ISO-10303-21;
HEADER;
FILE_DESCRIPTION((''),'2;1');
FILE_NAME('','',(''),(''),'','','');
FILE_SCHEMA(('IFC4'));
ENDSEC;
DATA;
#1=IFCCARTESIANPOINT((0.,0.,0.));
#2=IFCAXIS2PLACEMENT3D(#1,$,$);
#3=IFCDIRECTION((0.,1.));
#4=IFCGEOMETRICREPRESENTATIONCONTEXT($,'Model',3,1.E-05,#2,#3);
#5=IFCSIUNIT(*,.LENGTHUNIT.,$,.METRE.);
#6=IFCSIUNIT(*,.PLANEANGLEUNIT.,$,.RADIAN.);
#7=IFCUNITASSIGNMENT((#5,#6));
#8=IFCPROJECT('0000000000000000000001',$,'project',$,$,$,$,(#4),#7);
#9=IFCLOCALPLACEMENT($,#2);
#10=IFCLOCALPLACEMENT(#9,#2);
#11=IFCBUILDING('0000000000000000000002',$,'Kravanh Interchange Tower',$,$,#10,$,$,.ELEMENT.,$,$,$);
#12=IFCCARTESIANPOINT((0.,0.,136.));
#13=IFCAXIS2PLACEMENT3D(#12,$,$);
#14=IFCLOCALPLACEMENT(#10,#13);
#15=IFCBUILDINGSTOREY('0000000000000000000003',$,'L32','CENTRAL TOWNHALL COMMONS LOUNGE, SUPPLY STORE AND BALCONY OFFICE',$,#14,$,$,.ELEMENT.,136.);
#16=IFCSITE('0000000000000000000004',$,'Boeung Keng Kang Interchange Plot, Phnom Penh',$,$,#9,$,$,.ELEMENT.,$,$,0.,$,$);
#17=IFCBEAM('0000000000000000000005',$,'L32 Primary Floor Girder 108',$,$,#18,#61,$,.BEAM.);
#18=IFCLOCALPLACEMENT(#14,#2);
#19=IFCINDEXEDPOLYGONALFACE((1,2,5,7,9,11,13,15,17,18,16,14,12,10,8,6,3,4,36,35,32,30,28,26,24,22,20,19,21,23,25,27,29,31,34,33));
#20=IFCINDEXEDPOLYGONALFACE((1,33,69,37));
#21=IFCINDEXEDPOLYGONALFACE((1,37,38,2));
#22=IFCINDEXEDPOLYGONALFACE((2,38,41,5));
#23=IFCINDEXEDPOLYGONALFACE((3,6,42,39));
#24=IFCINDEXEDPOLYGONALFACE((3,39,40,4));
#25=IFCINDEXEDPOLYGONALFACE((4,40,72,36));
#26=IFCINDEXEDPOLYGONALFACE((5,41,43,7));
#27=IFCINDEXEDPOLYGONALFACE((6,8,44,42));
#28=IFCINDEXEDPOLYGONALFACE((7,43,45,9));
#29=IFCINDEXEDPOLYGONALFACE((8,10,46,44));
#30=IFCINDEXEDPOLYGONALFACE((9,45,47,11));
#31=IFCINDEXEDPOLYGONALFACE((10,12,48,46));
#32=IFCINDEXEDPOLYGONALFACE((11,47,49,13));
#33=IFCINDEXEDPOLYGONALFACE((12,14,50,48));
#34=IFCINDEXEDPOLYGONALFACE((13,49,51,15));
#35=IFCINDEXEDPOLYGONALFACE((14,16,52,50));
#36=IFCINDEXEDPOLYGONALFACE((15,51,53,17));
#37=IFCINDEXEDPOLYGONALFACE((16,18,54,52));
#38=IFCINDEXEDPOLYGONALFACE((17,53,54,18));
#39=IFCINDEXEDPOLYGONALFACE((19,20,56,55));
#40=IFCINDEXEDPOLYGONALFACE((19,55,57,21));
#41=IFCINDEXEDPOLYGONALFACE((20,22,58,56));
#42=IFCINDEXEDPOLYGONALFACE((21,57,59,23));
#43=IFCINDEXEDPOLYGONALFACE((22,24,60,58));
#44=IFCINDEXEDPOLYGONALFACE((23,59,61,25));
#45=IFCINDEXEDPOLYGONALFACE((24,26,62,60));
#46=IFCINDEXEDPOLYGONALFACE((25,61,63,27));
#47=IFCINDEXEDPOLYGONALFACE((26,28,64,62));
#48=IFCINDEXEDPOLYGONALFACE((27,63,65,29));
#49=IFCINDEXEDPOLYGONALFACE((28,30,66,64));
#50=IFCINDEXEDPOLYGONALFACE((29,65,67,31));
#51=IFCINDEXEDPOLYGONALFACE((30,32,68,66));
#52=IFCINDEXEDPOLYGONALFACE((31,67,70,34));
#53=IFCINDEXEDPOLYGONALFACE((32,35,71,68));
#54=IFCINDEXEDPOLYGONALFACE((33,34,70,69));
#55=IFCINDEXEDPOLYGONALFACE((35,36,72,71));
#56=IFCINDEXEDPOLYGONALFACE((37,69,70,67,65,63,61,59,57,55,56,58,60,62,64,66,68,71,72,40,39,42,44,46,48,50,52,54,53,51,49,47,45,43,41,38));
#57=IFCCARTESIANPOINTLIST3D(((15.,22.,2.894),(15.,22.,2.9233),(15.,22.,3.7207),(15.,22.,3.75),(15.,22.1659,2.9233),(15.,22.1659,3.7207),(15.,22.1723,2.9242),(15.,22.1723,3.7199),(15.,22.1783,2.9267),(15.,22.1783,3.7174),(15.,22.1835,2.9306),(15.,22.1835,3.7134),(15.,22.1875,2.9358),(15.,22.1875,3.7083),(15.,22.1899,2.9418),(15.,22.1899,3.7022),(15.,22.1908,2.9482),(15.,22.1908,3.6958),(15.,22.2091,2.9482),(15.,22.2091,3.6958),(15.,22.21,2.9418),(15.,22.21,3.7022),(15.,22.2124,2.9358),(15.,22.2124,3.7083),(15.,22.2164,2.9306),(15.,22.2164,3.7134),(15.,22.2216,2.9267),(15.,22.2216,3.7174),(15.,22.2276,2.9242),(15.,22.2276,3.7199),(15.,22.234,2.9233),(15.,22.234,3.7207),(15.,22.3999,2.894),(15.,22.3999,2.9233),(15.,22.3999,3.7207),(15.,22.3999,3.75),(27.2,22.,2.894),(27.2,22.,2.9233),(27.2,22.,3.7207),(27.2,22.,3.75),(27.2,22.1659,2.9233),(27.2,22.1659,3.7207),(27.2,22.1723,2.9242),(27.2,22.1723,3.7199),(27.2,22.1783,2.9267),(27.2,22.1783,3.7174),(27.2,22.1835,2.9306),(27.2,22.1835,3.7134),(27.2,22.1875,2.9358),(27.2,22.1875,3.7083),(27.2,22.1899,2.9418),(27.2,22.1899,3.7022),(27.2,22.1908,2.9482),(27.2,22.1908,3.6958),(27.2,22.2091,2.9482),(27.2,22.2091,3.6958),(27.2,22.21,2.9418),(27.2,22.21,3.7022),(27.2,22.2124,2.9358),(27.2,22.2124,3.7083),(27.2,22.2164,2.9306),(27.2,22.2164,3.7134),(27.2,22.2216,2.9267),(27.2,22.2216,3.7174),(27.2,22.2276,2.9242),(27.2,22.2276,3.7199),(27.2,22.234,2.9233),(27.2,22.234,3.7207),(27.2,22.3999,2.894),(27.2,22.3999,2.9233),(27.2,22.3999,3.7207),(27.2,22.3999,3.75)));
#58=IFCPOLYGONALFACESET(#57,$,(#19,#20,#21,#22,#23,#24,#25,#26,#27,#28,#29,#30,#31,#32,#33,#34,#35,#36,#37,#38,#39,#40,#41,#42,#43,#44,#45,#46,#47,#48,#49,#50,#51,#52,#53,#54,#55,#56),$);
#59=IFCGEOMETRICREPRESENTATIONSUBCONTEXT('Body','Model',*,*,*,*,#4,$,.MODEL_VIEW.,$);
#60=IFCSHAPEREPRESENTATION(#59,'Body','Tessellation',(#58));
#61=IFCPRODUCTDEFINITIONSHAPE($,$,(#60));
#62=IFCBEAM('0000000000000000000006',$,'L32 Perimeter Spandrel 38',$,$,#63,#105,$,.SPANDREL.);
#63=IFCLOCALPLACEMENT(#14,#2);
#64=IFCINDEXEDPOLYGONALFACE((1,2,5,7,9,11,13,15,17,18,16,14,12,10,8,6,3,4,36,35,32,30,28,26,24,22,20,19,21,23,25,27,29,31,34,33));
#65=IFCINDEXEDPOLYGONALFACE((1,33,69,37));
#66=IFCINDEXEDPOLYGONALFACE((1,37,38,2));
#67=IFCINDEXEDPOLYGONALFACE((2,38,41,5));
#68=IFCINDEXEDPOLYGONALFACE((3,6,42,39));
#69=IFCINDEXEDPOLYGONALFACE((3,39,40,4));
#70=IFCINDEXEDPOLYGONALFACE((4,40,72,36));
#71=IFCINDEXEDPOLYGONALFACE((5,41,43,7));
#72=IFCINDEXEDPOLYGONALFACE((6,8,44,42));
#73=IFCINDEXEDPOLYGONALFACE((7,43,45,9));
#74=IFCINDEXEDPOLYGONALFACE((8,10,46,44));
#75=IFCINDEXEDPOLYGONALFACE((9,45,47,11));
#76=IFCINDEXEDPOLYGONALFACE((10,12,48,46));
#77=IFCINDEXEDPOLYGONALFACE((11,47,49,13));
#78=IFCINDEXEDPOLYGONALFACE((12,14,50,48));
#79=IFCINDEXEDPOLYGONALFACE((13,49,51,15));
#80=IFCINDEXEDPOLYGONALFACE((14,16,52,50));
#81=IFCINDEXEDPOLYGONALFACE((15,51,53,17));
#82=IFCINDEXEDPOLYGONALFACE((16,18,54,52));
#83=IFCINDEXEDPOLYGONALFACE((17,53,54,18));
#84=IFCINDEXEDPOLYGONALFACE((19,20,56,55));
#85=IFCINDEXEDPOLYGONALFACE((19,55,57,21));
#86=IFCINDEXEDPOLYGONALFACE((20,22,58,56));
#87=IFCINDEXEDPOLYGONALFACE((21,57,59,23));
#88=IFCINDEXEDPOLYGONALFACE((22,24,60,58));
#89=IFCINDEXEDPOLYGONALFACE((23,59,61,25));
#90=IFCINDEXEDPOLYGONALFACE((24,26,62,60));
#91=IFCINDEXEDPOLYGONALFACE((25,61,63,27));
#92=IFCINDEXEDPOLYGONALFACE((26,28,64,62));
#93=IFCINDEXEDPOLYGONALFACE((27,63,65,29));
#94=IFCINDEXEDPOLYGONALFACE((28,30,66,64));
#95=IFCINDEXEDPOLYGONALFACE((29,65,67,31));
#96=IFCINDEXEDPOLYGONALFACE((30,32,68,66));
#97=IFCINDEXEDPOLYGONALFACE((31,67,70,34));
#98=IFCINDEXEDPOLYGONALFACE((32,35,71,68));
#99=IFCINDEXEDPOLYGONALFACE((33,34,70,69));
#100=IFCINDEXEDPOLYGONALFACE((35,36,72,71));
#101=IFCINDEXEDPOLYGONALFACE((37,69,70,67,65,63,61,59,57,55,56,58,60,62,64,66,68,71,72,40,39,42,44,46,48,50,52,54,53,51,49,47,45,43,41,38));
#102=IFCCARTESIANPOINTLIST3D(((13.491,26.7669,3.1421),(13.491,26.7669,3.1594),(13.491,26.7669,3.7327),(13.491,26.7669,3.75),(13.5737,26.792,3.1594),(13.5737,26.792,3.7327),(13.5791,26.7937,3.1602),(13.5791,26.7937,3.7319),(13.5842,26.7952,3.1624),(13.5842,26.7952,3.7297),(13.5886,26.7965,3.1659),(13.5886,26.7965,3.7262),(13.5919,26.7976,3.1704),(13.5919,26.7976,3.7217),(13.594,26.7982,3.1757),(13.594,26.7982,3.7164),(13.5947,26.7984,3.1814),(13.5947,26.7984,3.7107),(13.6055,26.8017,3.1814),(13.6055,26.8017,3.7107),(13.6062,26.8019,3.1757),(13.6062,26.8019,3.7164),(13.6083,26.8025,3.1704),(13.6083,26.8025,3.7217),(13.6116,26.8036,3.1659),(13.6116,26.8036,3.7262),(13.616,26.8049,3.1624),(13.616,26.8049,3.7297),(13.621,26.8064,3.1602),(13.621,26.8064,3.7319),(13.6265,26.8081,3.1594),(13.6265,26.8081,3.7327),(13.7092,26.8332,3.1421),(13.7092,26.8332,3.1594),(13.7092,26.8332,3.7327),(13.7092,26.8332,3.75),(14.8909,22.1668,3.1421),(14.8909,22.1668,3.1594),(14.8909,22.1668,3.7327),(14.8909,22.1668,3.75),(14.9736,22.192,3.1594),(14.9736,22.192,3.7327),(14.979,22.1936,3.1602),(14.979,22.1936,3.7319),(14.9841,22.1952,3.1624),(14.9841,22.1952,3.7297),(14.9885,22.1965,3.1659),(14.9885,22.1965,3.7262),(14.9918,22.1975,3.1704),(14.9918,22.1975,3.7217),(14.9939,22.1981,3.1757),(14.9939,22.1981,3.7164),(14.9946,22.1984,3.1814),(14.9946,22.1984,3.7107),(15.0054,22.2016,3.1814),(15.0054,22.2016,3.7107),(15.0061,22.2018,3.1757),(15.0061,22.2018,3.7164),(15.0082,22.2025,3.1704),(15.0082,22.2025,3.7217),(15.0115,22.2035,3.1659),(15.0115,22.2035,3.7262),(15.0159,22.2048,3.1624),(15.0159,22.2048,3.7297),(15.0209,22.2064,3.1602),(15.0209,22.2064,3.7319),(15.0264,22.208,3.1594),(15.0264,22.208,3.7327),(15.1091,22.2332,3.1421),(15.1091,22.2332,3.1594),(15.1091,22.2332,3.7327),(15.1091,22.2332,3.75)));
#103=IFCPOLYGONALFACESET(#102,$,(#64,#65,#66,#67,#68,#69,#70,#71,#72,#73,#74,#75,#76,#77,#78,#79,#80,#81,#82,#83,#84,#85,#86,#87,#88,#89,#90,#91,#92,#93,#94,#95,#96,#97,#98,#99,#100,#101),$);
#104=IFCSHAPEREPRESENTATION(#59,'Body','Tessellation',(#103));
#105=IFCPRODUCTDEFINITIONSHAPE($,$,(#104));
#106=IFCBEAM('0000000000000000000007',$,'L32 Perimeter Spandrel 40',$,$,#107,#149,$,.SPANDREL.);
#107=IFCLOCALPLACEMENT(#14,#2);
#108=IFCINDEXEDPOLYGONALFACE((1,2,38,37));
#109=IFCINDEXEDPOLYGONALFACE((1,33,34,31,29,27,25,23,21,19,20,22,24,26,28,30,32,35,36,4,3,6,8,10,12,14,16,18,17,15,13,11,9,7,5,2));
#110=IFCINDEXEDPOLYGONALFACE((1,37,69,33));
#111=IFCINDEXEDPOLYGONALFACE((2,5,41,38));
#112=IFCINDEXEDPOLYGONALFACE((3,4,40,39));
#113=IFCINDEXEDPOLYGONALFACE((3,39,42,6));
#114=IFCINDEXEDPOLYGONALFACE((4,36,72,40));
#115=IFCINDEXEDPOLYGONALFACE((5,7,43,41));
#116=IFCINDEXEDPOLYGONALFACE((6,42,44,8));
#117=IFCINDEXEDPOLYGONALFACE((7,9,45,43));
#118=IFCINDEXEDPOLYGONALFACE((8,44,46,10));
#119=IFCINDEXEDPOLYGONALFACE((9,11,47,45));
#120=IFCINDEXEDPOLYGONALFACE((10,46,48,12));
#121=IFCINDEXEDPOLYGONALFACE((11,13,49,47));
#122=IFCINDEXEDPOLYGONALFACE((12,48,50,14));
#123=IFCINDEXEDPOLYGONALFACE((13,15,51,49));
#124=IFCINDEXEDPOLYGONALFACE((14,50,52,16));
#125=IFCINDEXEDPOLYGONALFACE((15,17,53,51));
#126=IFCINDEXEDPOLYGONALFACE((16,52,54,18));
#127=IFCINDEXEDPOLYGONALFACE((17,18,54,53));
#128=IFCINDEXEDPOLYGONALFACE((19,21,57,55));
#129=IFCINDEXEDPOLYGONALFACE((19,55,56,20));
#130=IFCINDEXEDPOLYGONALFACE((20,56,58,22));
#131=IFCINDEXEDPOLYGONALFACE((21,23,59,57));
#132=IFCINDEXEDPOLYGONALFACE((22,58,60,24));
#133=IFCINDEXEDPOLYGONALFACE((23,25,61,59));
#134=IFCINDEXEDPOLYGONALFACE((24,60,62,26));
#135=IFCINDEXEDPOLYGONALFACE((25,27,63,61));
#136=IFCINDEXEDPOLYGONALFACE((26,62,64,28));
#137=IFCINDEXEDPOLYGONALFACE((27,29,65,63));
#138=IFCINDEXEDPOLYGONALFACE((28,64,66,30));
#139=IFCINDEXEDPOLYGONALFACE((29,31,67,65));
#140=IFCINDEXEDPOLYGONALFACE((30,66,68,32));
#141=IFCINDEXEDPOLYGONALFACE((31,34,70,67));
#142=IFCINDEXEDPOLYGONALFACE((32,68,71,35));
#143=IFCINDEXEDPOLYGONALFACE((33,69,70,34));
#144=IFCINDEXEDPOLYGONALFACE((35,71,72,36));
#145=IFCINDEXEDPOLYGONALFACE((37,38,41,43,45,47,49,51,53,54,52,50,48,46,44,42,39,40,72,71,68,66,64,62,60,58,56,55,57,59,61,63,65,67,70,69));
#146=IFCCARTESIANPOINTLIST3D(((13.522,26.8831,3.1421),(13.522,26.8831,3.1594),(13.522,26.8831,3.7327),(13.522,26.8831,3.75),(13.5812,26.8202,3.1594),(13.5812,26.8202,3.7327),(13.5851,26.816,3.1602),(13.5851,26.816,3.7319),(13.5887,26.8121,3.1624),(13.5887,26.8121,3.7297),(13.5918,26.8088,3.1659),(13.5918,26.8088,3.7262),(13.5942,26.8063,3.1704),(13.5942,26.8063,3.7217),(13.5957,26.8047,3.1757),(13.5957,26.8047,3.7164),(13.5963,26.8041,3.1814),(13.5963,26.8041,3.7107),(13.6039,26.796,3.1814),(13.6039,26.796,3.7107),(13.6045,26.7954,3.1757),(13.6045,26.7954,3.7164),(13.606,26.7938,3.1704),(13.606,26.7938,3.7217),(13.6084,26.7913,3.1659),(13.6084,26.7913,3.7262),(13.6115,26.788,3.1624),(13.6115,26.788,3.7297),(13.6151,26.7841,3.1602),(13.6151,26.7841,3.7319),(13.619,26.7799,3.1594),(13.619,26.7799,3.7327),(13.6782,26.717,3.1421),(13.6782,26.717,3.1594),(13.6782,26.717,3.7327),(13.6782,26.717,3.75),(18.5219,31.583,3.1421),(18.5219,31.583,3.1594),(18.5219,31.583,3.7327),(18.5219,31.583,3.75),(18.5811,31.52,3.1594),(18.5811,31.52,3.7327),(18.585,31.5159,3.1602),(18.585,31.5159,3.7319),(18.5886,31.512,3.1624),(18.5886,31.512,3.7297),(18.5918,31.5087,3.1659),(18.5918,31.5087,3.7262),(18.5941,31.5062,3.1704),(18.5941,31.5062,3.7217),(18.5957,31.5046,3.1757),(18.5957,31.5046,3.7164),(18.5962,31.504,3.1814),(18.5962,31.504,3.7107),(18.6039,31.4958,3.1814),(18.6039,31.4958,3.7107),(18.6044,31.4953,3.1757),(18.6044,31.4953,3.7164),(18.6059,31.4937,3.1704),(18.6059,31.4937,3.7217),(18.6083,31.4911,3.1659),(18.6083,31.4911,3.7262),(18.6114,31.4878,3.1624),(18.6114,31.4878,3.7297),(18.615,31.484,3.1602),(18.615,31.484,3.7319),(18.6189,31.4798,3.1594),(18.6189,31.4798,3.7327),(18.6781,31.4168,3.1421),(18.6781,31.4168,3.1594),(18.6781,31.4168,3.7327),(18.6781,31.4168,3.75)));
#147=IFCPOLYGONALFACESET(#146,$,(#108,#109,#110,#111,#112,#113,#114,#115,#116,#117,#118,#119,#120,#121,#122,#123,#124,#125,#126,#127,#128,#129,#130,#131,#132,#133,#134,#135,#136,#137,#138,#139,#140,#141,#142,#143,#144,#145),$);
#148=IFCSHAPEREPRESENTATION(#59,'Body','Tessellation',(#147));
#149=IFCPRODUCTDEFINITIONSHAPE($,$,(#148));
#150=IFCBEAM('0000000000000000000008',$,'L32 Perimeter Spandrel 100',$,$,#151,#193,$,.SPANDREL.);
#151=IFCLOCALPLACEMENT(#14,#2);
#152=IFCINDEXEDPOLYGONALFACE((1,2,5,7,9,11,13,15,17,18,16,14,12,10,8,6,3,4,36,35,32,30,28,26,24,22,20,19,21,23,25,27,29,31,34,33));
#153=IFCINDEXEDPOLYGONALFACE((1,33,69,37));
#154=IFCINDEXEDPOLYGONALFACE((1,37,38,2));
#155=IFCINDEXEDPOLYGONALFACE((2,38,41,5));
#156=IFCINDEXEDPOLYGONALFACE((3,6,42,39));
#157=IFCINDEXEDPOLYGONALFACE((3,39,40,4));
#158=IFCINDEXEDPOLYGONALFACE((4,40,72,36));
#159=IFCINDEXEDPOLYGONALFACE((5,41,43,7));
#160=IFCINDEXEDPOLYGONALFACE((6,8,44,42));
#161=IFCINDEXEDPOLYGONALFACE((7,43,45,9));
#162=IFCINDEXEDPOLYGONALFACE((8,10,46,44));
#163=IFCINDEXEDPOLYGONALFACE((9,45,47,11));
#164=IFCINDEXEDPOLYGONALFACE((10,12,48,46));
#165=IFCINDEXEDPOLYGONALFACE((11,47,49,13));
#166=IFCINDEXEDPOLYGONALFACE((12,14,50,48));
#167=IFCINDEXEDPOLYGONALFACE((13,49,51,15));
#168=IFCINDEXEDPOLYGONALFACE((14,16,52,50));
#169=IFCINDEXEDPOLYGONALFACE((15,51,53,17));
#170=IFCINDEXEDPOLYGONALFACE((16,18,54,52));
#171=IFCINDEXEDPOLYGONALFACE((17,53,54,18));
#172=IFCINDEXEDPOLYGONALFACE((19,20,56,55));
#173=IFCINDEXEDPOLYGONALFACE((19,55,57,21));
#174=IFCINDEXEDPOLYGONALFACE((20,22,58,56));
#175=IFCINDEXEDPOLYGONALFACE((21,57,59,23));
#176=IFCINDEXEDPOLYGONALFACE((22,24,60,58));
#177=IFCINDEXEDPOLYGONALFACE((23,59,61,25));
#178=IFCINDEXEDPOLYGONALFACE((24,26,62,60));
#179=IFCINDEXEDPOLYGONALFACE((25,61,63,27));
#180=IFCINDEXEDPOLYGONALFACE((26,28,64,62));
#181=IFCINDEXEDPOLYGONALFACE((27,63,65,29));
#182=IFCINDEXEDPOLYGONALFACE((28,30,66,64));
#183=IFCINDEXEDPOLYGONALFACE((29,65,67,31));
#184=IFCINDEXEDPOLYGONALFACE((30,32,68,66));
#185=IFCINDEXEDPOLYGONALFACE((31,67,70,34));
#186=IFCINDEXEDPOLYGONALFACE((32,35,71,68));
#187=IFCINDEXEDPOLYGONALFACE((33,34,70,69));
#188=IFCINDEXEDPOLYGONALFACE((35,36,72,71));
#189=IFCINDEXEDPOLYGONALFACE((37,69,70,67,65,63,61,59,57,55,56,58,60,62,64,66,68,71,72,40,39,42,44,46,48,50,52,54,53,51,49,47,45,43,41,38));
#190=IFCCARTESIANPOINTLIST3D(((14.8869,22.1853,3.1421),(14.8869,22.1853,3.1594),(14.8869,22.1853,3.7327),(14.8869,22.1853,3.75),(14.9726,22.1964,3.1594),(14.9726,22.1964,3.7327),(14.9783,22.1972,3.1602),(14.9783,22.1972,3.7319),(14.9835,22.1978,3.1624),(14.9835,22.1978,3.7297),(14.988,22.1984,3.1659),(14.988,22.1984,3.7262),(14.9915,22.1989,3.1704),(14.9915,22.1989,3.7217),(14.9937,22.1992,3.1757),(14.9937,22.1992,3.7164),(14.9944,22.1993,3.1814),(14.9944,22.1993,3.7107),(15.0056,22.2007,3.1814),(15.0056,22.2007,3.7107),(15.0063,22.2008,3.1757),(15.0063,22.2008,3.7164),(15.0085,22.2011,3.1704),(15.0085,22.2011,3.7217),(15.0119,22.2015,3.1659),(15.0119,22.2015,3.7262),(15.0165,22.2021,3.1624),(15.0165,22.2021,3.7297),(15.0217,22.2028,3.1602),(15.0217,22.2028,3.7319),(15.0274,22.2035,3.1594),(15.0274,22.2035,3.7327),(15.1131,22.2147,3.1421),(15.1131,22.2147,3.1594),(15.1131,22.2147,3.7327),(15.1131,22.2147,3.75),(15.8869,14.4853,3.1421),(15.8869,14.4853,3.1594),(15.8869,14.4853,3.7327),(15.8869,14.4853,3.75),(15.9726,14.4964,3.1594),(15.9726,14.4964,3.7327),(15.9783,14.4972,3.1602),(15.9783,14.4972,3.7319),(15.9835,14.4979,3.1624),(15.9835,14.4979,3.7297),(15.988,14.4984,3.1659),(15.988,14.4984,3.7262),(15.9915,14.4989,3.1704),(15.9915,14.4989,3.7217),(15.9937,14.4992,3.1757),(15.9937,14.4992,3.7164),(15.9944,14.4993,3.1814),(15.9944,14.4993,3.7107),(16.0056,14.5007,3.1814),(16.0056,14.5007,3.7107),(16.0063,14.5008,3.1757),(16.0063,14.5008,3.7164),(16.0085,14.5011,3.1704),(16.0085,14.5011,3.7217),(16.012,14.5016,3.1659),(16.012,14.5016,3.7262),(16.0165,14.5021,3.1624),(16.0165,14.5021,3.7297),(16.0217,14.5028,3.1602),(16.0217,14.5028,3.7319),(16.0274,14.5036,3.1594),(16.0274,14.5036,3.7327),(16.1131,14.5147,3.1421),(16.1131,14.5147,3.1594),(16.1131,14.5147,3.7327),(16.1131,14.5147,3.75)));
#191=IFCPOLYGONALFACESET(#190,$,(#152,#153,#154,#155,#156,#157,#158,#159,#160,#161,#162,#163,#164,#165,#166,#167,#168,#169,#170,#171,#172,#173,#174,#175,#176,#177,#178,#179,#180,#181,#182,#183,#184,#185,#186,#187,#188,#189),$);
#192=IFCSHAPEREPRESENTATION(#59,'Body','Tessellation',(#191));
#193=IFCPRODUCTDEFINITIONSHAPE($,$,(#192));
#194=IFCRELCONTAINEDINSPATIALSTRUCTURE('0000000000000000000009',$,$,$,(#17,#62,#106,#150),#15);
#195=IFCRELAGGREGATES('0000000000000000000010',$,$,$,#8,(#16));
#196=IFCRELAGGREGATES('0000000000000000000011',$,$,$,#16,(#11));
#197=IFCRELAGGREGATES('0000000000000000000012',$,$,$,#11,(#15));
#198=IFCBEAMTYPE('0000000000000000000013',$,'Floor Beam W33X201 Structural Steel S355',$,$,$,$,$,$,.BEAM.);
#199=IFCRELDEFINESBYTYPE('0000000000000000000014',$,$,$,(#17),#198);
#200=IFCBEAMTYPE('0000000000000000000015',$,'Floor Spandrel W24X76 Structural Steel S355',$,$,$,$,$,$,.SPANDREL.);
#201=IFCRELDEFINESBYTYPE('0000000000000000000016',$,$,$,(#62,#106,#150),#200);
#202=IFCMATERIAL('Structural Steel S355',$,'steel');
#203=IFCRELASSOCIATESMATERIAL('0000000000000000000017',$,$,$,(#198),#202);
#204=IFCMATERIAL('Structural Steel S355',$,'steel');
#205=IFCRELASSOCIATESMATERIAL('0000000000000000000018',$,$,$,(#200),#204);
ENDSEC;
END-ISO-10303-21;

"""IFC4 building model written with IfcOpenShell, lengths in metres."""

from ifc_helpers import new_model, si_unit, direction, frame, origin, origin_2d, place, context, subcontext, project, spatial, i_section, extrude, material, material_profile, profile_set, type_object, element, save


model = new_model("IFC4")

# Units and contexts
model_context = context("Model", 3, precision=1e-05, world=origin(), true_north=direction((0.0, 1.0)))
body_context = subcontext(model_context, "Body", "Model", "MODEL_VIEW")
ifc_project = project(units=[si_unit("LENGTHUNIT", "METRE"), si_unit("PLANEANGLEUNIT", "RADIAN")], contexts=[model_context])

# Site, building, storey
site_placement = place(None, origin())
site = spatial("IfcSite", under=ifc_project, at=site_placement, Name="Boeung Keng Kang Interchange Plot, Phnom Penh", CompositionType="ELEMENT", RefElevation=0.0)
building_placement = place(site_placement, origin())
building = spatial("IfcBuilding", under=site, at=building_placement, Name="Kravanh Interchange Tower", CompositionType="ELEMENT")
storey_placement = place(building_placement, frame((0.0, 0.0, 136.0)))
storey = spatial("IfcBuildingStorey", under=building, at=storey_placement, Name="L32", Description="CENTRAL TOWNHALL COMMONS LOUNGE, SUPPLY STORE AND BALCONY OFFICE", CompositionType="ELEMENT", Elevation=136.0)

# Beams
ifc_material_1 = material(Name="Structural Steel S355", Category="steel")
ifc_material_profile_1 = material_profile(ifc_material_1, i_section(OverallWidth=0.3999, OverallDepth=0.856, WebThickness=0.0183, FlangeThickness=0.0293, FilletRadius=0.0249, at=origin_2d()), Name="W33X201")
ifc_profile_set_1 = profile_set([ifc_material_profile_1], Name="Structural Steel S355")
beam_type_1 = type_object("IfcBeamType", Name="Floor Beam W33X201 Structural Steel S355", PredefinedType="BEAM", material=ifc_profile_set_1)
beam_1_placement = place(storey_placement, frame((15.0, 22.2, 3.322), z_axis=(1.0, 0.0, 0.0), x_axis=(0.0, 1.0, 0.0)))
element("IfcBeam", 1, at=beam_1_placement, inside=storey, type_object=beam_type_1, Name="L32 Primary Floor Girder 108", PredefinedType="BEAM", context=body_context, shape_type="SweptSolid", body=[
    extrude(i_section(OverallWidth=0.3999, OverallDepth=0.856, WebThickness=0.0183, FlangeThickness=0.0293, FilletRadius=0.0249, at=origin_2d()), origin(), (0.0, 0.0, 1.0), 12.2),
])
ifc_material_2 = material(Name="Structural Steel S355", Category="steel")
ifc_material_profile_2 = material_profile(ifc_material_2, i_section(OverallWidth=0.228, OverallDepth=0.6079, WebThickness=0.0112, FlangeThickness=0.0173, FilletRadius=0.022, at=origin_2d()), Name="W24X76")
ifc_profile_set_2 = profile_set([ifc_material_profile_2], Name="Structural Steel S355")
beam_type_2 = type_object("IfcBeamType", Name="Floor Spandrel W24X76 Structural Steel S355", PredefinedType="SPANDREL", material=ifc_profile_set_2)
beam_2_placement = place(storey_placement, frame((13.6001, 26.8, 3.446), z_axis=(0.291137, -0.956681, 0.0), x_axis=(0.956681, 0.291137, 0.0)))
element("IfcBeam", 2, at=beam_2_placement, inside=storey, type_object=beam_type_2, Name="L32 Perimeter Spandrel 38", PredefinedType="SPANDREL", context=body_context, shape_type="SweptSolid", body=[
    extrude(i_section(OverallWidth=0.228, OverallDepth=0.6079, WebThickness=0.0112, FlangeThickness=0.0173, FilletRadius=0.022, at=origin_2d()), origin(), (0.0, 0.0, 1.0), 4.8083),
])
beam_3_placement = place(storey_placement, frame((13.6001, 26.8, 3.446), z_axis=(0.728631, 0.684906, 0.0), x_axis=(-0.684906, 0.728631, 0.0)))
element("IfcBeam", 3, at=beam_3_placement, inside=storey, type_object=beam_type_2, Name="L32 Perimeter Spandrel 40", PredefinedType="SPANDREL", context=body_context, shape_type="SweptSolid", body=[
    extrude(i_section(OverallWidth=0.228, OverallDepth=0.6079, WebThickness=0.0112, FlangeThickness=0.0173, FilletRadius=0.022, at=origin_2d()), origin(), (0.0, 0.0, 1.0), 6.8621),
])
beam_4_placement = place(storey_placement, frame((16.0, 14.5, 3.446), z_axis=(-0.128789, 0.991672, 0.0), x_axis=(-0.991672, -0.128789, 0.0)))
element("IfcBeam", 4, at=beam_4_placement, inside=storey, type_object=beam_type_2, Name="L32 Perimeter Spandrel 100", PredefinedType="SPANDREL", context=body_context, shape_type="SweptSolid", body=[
    extrude(i_section(OverallWidth=0.228, OverallDepth=0.6079, WebThickness=0.0112, FlangeThickness=0.0173, FilletRadius=0.022, at=origin_2d()), origin(), (0.0, 0.0, 1.0), 7.7646),
])

save(model, "model.ifc")
